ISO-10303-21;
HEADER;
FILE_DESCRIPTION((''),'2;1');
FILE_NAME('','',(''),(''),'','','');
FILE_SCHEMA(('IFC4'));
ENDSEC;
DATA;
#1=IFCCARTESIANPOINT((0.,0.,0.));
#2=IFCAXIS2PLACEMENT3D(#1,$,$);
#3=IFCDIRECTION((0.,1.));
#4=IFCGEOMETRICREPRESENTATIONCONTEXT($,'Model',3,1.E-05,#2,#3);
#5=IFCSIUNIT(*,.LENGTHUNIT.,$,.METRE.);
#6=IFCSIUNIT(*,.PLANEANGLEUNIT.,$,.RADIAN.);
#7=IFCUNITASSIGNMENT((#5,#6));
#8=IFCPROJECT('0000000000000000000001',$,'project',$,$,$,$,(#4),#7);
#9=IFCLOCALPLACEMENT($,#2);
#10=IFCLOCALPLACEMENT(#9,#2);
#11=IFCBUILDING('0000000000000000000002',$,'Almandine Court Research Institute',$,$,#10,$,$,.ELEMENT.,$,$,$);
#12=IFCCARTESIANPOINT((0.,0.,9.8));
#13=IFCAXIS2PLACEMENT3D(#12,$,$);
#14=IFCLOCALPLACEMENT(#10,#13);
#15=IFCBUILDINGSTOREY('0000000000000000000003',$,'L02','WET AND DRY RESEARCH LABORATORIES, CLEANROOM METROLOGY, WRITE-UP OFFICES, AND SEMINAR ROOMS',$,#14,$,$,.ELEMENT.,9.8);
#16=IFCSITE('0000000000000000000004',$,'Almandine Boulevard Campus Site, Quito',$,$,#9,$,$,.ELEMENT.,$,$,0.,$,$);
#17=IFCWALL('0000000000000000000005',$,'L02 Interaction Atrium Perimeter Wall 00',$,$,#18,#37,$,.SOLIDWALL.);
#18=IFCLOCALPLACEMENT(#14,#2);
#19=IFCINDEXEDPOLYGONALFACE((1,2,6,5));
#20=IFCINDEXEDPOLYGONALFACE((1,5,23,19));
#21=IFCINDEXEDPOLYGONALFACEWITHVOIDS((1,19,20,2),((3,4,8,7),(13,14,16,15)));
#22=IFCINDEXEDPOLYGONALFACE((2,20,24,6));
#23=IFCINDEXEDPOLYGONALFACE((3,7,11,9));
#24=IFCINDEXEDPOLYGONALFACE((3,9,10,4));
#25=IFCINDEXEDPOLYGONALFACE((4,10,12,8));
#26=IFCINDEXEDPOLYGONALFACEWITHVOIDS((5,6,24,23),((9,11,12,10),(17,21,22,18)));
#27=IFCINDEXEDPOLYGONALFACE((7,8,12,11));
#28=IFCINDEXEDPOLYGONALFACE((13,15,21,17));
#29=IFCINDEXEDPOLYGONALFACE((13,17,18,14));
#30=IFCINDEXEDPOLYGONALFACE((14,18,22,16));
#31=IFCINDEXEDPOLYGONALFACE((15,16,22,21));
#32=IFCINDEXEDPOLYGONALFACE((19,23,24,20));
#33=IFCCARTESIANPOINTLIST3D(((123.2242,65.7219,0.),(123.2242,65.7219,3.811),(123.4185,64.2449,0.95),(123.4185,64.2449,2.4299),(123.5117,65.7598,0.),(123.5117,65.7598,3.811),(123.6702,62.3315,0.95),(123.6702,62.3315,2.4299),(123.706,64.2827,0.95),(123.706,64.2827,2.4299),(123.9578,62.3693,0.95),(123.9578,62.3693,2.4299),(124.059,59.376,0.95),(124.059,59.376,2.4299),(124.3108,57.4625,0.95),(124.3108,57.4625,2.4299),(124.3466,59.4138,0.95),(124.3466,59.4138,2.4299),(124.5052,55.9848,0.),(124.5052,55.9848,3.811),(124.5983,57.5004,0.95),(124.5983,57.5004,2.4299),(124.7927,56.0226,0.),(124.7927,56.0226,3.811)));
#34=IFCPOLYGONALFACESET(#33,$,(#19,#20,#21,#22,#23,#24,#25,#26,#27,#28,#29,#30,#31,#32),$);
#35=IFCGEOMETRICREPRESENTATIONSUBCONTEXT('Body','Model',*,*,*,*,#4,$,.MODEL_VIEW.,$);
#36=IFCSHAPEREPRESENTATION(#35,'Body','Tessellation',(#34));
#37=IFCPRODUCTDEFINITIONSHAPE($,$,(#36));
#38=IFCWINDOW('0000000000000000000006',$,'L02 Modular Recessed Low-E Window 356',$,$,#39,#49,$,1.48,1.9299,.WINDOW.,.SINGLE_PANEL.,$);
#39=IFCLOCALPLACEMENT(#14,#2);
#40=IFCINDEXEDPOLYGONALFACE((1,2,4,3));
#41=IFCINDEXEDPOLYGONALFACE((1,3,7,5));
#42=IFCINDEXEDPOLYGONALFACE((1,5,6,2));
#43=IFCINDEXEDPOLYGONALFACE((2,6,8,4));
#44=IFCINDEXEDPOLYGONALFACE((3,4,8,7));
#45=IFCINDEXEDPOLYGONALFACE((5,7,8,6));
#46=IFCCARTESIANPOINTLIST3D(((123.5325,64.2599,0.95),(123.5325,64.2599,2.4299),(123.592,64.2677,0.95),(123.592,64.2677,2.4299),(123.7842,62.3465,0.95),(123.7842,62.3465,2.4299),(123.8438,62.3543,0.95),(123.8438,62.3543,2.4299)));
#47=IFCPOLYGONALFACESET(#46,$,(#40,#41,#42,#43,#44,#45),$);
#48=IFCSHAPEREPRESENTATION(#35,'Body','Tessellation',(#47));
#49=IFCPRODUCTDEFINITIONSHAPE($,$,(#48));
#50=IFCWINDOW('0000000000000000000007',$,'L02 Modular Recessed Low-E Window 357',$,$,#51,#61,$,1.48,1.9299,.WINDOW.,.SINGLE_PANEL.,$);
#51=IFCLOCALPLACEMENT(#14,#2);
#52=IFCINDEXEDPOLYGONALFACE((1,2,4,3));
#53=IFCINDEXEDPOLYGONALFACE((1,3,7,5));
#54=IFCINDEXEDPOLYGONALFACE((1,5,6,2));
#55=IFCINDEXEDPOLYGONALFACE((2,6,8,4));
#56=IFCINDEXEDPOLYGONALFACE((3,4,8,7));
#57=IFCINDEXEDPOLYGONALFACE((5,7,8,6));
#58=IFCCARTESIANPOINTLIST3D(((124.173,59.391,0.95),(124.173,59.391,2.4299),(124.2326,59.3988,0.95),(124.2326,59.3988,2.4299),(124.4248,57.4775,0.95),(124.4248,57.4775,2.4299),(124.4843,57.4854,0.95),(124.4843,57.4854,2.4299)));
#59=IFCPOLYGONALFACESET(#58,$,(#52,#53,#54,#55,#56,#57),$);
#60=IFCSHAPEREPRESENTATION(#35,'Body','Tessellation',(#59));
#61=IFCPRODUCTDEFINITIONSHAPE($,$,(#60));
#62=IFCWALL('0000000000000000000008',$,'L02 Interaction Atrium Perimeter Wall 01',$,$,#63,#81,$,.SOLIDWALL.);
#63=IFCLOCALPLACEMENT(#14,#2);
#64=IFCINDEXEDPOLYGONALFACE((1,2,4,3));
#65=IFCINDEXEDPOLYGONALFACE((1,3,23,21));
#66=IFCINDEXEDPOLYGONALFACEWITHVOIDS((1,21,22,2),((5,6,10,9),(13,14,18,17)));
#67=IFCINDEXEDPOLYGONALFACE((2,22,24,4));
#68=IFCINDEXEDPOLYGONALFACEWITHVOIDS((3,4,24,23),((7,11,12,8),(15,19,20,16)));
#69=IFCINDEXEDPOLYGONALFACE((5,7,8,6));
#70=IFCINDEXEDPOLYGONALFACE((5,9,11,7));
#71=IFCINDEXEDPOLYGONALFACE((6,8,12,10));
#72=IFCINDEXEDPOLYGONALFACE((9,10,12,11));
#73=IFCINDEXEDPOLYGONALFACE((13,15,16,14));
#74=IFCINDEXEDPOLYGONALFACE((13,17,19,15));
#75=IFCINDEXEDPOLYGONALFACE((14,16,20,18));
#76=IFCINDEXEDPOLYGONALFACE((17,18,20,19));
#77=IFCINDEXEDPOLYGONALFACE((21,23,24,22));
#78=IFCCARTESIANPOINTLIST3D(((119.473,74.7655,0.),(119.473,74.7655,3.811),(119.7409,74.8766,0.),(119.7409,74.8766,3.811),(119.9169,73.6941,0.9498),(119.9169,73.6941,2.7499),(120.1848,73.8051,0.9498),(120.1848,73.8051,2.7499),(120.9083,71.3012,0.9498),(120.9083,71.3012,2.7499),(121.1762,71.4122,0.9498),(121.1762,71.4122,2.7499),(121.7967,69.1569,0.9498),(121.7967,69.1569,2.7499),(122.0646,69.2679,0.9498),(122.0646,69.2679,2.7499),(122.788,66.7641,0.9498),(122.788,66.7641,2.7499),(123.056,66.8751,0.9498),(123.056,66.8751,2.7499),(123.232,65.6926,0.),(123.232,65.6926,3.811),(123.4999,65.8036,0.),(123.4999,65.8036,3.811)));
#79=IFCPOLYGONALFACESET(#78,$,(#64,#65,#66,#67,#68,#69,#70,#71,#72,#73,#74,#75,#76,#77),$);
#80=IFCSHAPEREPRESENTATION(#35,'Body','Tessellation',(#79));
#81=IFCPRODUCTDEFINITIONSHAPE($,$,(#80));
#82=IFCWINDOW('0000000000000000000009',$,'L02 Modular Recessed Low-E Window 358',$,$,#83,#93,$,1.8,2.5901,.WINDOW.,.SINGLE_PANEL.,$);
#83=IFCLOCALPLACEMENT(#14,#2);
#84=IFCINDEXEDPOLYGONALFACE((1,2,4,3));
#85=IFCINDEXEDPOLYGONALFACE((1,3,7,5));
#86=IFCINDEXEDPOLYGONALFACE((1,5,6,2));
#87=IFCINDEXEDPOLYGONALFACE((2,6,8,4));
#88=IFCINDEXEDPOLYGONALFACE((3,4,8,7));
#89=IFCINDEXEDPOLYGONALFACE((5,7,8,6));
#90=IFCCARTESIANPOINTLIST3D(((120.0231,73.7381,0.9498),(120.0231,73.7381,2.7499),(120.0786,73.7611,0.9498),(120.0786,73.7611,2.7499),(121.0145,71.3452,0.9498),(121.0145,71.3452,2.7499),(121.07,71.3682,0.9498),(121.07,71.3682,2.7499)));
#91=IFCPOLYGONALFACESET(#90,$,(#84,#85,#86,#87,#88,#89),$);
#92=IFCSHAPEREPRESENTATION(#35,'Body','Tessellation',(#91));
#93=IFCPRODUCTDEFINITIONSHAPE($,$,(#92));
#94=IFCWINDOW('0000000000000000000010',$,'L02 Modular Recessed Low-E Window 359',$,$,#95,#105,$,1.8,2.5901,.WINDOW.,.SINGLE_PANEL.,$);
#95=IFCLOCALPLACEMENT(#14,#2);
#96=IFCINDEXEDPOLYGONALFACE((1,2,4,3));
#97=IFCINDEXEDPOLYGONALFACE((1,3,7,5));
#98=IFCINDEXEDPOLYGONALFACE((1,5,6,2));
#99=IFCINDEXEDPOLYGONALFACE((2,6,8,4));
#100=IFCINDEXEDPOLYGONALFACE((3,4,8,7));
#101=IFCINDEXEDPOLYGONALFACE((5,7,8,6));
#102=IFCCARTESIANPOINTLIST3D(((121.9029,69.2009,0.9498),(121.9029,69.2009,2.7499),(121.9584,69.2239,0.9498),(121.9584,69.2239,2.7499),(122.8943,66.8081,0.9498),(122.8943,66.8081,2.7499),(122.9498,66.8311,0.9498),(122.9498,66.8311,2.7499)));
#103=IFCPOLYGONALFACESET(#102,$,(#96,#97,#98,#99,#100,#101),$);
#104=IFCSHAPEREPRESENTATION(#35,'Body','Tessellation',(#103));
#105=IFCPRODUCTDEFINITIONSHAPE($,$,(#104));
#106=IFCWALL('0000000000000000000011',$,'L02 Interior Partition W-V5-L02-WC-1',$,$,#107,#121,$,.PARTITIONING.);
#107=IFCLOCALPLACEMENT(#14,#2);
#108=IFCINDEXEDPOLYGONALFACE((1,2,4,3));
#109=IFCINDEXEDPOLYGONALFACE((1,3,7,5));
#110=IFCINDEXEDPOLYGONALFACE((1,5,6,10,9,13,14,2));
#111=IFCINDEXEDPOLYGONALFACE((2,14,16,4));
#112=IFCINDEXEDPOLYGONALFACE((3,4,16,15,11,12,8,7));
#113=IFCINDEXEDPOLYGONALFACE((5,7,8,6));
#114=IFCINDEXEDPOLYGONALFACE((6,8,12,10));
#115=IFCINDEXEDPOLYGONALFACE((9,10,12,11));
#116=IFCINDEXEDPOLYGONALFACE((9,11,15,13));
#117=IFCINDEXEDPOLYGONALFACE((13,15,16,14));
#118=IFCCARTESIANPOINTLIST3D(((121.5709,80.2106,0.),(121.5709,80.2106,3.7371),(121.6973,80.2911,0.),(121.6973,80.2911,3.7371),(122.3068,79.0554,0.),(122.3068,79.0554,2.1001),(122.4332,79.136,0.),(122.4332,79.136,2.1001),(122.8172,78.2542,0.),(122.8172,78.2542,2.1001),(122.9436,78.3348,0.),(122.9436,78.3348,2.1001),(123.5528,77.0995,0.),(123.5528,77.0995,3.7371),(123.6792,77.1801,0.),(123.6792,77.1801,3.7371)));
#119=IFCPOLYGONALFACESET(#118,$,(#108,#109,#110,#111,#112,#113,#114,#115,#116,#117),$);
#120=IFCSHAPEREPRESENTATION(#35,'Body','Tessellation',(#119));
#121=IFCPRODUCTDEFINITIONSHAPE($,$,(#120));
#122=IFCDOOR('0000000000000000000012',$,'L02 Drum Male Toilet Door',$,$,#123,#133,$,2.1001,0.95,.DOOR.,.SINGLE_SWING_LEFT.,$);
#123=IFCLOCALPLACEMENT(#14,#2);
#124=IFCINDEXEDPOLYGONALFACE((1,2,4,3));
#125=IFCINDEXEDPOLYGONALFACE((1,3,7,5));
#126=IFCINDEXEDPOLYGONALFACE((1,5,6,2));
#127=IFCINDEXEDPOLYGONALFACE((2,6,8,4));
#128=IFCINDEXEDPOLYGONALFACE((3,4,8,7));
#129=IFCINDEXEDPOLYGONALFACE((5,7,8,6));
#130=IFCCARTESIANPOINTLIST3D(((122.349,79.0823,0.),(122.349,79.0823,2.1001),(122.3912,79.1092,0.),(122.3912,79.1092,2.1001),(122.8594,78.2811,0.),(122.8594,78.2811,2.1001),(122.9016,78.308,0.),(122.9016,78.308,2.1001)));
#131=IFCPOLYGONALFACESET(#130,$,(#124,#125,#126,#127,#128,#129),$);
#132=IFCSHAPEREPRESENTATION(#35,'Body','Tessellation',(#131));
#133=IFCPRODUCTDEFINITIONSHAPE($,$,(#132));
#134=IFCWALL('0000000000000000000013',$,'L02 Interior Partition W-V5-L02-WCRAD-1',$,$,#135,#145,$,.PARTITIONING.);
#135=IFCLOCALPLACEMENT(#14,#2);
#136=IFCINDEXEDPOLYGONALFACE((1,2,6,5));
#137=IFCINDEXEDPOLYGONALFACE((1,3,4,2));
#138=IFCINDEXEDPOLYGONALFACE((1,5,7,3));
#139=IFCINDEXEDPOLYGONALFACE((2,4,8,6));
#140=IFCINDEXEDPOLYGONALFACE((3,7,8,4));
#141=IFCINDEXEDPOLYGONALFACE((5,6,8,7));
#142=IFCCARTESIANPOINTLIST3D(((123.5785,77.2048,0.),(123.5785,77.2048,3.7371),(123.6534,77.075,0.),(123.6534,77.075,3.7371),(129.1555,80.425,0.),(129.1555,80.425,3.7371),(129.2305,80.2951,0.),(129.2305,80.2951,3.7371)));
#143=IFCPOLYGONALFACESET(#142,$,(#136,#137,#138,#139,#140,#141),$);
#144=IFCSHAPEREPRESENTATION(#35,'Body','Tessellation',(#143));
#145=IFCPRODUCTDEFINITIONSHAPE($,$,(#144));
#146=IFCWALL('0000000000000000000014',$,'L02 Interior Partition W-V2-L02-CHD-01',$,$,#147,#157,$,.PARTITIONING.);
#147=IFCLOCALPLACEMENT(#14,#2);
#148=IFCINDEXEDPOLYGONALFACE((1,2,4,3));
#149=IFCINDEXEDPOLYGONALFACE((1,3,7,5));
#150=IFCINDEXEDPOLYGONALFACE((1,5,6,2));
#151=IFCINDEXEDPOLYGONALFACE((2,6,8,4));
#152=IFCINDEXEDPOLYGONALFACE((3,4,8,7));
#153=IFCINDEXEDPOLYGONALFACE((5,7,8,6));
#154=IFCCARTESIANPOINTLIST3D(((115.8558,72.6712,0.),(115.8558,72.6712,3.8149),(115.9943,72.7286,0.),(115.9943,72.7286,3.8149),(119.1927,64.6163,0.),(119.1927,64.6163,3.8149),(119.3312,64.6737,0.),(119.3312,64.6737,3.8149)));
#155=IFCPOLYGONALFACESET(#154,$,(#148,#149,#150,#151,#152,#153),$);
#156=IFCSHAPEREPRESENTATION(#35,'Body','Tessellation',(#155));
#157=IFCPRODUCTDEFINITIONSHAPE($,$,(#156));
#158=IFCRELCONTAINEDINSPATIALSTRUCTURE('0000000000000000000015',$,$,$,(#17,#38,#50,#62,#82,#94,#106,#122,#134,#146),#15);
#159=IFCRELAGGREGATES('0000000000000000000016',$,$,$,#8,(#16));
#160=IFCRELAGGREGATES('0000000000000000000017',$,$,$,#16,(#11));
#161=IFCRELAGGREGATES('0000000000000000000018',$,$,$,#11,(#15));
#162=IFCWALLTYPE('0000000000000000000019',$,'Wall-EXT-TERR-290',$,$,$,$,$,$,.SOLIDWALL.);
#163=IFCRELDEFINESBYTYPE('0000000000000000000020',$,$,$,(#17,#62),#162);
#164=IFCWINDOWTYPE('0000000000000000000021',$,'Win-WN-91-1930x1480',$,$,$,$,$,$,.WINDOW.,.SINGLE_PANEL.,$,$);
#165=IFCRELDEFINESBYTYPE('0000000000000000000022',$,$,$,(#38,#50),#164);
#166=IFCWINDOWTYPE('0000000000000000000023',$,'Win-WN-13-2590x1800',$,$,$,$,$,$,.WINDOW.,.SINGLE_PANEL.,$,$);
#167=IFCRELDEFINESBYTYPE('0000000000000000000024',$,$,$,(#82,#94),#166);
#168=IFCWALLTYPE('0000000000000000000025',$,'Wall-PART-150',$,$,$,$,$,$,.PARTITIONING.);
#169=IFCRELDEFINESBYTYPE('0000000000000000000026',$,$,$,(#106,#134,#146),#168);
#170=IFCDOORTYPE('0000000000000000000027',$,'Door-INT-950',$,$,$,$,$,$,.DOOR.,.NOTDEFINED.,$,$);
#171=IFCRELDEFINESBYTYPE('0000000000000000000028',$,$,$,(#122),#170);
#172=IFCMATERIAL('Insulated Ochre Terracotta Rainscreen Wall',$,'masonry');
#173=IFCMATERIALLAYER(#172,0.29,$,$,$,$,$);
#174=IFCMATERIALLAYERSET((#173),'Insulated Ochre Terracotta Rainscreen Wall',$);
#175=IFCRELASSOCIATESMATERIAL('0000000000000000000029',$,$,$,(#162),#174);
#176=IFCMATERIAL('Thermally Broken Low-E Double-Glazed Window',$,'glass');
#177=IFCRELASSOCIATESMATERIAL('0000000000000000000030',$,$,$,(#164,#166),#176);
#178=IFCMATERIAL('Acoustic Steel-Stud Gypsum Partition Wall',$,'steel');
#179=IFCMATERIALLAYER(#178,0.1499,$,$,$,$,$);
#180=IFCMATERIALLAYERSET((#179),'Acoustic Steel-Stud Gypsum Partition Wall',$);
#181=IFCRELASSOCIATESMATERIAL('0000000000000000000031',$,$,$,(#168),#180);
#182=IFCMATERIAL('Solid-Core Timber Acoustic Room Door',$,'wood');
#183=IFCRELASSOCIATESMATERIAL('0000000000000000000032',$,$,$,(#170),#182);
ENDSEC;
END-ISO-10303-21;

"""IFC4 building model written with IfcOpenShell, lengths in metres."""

from ifc_helpers import new_model, si_unit, direction, frame, frame_2d, origin, place, context, subcontext, project, spatial, rectangle, extrude, material, layer, layer_set, type_object, element, fill, save


model = new_model("IFC4")

# Units and contexts
model_context = context("Model", 3, precision=1e-05, world=origin(), true_north=direction((0.0, 1.0)))
body_context = subcontext(model_context, "Body", "Model", "MODEL_VIEW")
ifc_project = project(units=[si_unit("LENGTHUNIT", "METRE"), si_unit("PLANEANGLEUNIT", "RADIAN")], contexts=[model_context])

# Site, building, storey
site_placement = place(None, origin())
site = spatial("IfcSite", under=ifc_project, at=site_placement, Name="Almandine Boulevard Campus Site, Quito", CompositionType="ELEMENT", RefElevation=0.0)
building_placement = place(site_placement, origin())
building = spatial("IfcBuilding", under=site, at=building_placement, Name="Almandine Court Research Institute", CompositionType="ELEMENT")
storey_placement = place(building_placement, frame((0.0, 0.0, 9.8)))
storey = spatial("IfcBuildingStorey", under=building, at=storey_placement, Name="L02", Description="WET AND DRY RESEARCH LABORATORIES, CLEANROOM METROLOGY, WRITE-UP OFFICES, AND SEMINAR ROOMS", CompositionType="ELEMENT", Elevation=9.8)

# Shared definitions
ifc_material_1 = material(Name="Insulated Ochre Terracotta Rainscreen Wall", Category="masonry")
ifc_layer_1 = layer(ifc_material_1, 0.29)
ifc_layer_set_1 = layer_set([ifc_layer_1], Name="Insulated Ochre Terracotta Rainscreen Wall")
wall_type_1 = type_object("IfcWallType", Name="Wall-EXT-TERR-290", PredefinedType="SOLIDWALL", material=ifc_layer_set_1)
ifc_material_2 = material(Name="Thermally Broken Low-E Double-Glazed Window", Category="glass")

# Walls, openings, windows
wall_1_placement = place(storey_placement, frame((123.3679, 65.741, 0.0), z_axis=(0.0, 0.0, 1.0), x_axis=(0.130436, -0.991457, 0.0)))
wall_1 = element("IfcWall", 1, at=wall_1_placement, inside=storey, type_object=wall_type_1, Name="L02 Interaction Atrium Perimeter Wall 00", PredefinedType="SOLIDWALL", context=body_context, shape_type="SweptSolid", body=[
    extrude(rectangle(XDim=9.821, YDim=0.29, at=frame_2d((4.9106, 0.0))), origin(), (0.0, 0.0, 1.0), 3.811),
])
opening_1_placement = place(wall_1_placement, frame((1.49, 0.0, 0.95)))
opening_1 = element("IfcOpeningElement", 2, at=opening_1_placement, cuts=wall_1, PredefinedType="OPENING", context=body_context, shape_type="SweptSolid", body=[
    extrude(rectangle(XDim=1.9299, YDim=1.48, at=frame_2d((0.9648, 0.74))), frame((0.0, 0.155, 0.0), z_axis=(0.0, -1.0, 0.0), x_axis=(1.0, 0.0, 0.0)), (0.0, 0.0, 1.0), 0.3101),
])
opening_2_placement = place(wall_1_placement, frame((6.4009, 0.0, 0.95)))
opening_2 = element("IfcOpeningElement", 3, at=opening_2_placement, cuts=wall_1, PredefinedType="OPENING", context=body_context, shape_type="SweptSolid", body=[
    extrude(rectangle(XDim=1.9299, YDim=1.48, at=frame_2d((0.9648, 0.74))), frame((0.0, 0.155, 0.0), z_axis=(0.0, -1.0, 0.0), x_axis=(1.0, 0.0, 0.0)), (0.0, 0.0, 1.0), 0.3101),
])
window_type_1 = type_object("IfcWindowType", Name="Win-WN-91-1930x1480", PartitioningType="SINGLE_PANEL", PredefinedType="WINDOW", material=ifc_material_2)
window_1_placement = place(opening_1_placement, origin())
window_1 = element("IfcWindow", 4, at=window_1_placement, inside=storey, type_object=window_type_1, Name="L02 Modular Recessed Low-E Window 356", OverallHeight=1.48, OverallWidth=1.9299, PartitioningType="SINGLE_PANEL", PredefinedType="WINDOW", context=body_context, shape_type="SweptSolid", body=[
    extrude(rectangle(XDim=1.9299, YDim=1.48, at=frame_2d((0.9648, 0.74))), frame((0.0, 0.03, 0.0), z_axis=(0.0, -1.0, 0.0), x_axis=(1.0, 0.0, 0.0)), (0.0, 0.0, 1.0), 0.0601),
])
fill(opening_1, window_1)
window_2_placement = place(opening_2_placement, origin())
window_2 = element("IfcWindow", 5, at=window_2_placement, inside=storey, type_object=window_type_1, Name="L02 Modular Recessed Low-E Window 357", OverallHeight=1.48, OverallWidth=1.9299, PartitioningType="SINGLE_PANEL", PredefinedType="WINDOW", context=body_context, shape_type="SweptSolid", body=[
    extrude(rectangle(XDim=1.9299, YDim=1.48, at=frame_2d((0.9648, 0.74))), frame((0.0, 0.03, 0.0), z_axis=(0.0, -1.0, 0.0), x_axis=(1.0, 0.0, 0.0)), (0.0, 0.0, 1.0), 0.0601),
])
fill(opening_2, window_2)
wall_2_placement = place(storey_placement, frame((119.6069, 74.821, 0.0), z_axis=(0.0, 0.0, 1.0), x_axis=(0.382759, -0.923848, 0.0)))
wall_2 = element("IfcWall", 6, at=wall_2_placement, inside=storey, type_object=wall_type_1, Name="L02 Interaction Atrium Perimeter Wall 01", PredefinedType="SOLIDWALL", context=body_context, shape_type="SweptSolid", body=[
    extrude(rectangle(XDim=9.8208, YDim=0.29, at=frame_2d((4.9104, 0.0))), origin(), (0.0, 0.0, 1.0), 3.811),
])
opening_3_placement = place(wall_2_placement, frame((1.1599, 0.0, 0.95)))
opening_3 = element("IfcOpeningElement", 7, at=opening_3_placement, cuts=wall_2, PredefinedType="OPENING", context=body_context, shape_type="SweptSolid", body=[
    extrude(rectangle(XDim=2.5901, YDim=1.8, at=frame_2d((1.2949, 0.8999))), frame((0.0, 0.155, 0.0), z_axis=(0.0, -1.0, 0.0), x_axis=(1.0, 0.0, 0.0)), (0.0, 0.0, 1.0), 0.3101),
])
opening_4_placement = place(wall_2_placement, frame((6.071, 0.0, 0.95)))
opening_4 = element("IfcOpeningElement", 8, at=opening_4_placement, cuts=wall_2, PredefinedType="OPENING", context=body_context, shape_type="SweptSolid", body=[
    extrude(rectangle(XDim=2.5901, YDim=1.8, at=frame_2d((1.2949, 0.8999))), frame((0.0, 0.155, 0.0), z_axis=(0.0, -1.0, 0.0), x_axis=(1.0, 0.0, 0.0)), (0.0, 0.0, 1.0), 0.3101),
])
window_type_2 = type_object("IfcWindowType", Name="Win-WN-13-2590x1800", PartitioningType="SINGLE_PANEL", PredefinedType="WINDOW", material=ifc_material_2)
window_3_placement = place(opening_3_placement, origin())
window_3 = element("IfcWindow", 9, at=window_3_placement, inside=storey, type_object=window_type_2, Name="L02 Modular Recessed Low-E Window 358", OverallHeight=1.8, OverallWidth=2.5901, PartitioningType="SINGLE_PANEL", PredefinedType="WINDOW", context=body_context, shape_type="SweptSolid", body=[
    extrude(rectangle(XDim=2.5901, YDim=1.8, at=frame_2d((1.2949, 0.8999))), frame((0.0, 0.03, 0.0), z_axis=(0.0, -1.0, 0.0), x_axis=(1.0, 0.0, 0.0)), (0.0, 0.0, 1.0), 0.0601),
])
fill(opening_3, window_3)
window_4_placement = place(opening_4_placement, origin())
window_4 = element("IfcWindow", 10, at=window_4_placement, inside=storey, type_object=window_type_2, Name="L02 Modular Recessed Low-E Window 359", OverallHeight=1.8, OverallWidth=2.5901, PartitioningType="SINGLE_PANEL", PredefinedType="WINDOW", context=body_context, shape_type="SweptSolid", body=[
    extrude(rectangle(XDim=2.5901, YDim=1.8, at=frame_2d((1.2949, 0.8999))), frame((0.0, 0.03, 0.0), z_axis=(0.0, -1.0, 0.0), x_axis=(1.0, 0.0, 0.0)), (0.0, 0.0, 1.0), 0.0601),
])
fill(opening_4, window_4)

# Wall, opening, door
ifc_material_3 = material(Name="Acoustic Steel-Stud Gypsum Partition Wall", Category="steel")
ifc_layer_2 = layer(ifc_material_3, 0.1499)
ifc_layer_set_2 = layer_set([ifc_layer_2], Name="Acoustic Steel-Stud Gypsum Partition Wall")
wall_type_2 = type_object("IfcWallType", Name="Wall-PART-150", PredefinedType="PARTITIONING", material=ifc_layer_set_2)
wall_3_placement = place(storey_placement, frame((123.616, 77.1399, 0.0), z_axis=(0.0, 0.0, 1.0), x_axis=(-0.537291, 0.843397, 0.0)))
wall_3 = element("IfcWall", 11, at=wall_3_placement, inside=storey, type_object=wall_type_2, Name="L02 Interior Partition W-V5-L02-WC-1", PredefinedType="PARTITIONING", context=body_context, shape_type="SweptSolid", body=[
    extrude(rectangle(XDim=3.6887, YDim=0.1499, at=frame_2d((1.8442, 0.0))), origin(), (0.0, 0.0, 1.0), 3.7371),
])
opening_5_placement = place(wall_3_placement, frame((1.3689, 0.0, 0.0)))
opening_5 = element("IfcOpeningElement", 12, at=opening_5_placement, cuts=wall_3, PredefinedType="OPENING", context=body_context, shape_type="SweptSolid", body=[
    extrude(rectangle(XDim=0.95, YDim=2.1001, at=frame_2d((0.4751, 1.05))), frame((0.0, 0.085, 0.0), z_axis=(0.0, -1.0, 0.0), x_axis=(1.0, 0.0, 0.0)), (0.0, 0.0, 1.0), 0.1699),
])
ifc_material_4 = material(Name="Solid-Core Timber Acoustic Room Door", Category="wood")
door_type = type_object("IfcDoorType", Name="Door-INT-950", OperationType="NOTDEFINED", PredefinedType="DOOR", material=ifc_material_4)
door_placement = place(opening_5_placement, origin())
door = element("IfcDoor", 13, at=door_placement, inside=storey, type_object=door_type, Name="L02 Drum Male Toilet Door", OperationType="SINGLE_SWING_LEFT", OverallHeight=2.1001, OverallWidth=0.95, PredefinedType="DOOR", context=body_context, shape_type="SweptSolid", body=[
    extrude(rectangle(XDim=0.95, YDim=2.1001, at=frame_2d((0.4751, 1.05))), frame((0.0, 0.0249, 0.0), z_axis=(0.0, -1.0, 0.0), x_axis=(1.0, 0.0, 0.0)), (0.0, 0.0, 1.0), 0.05),
])
fill(opening_5, door)

# Walls
wall_4_placement = place(storey_placement, frame((123.616, 77.1399, 0.0), z_axis=(0.0, 0.0, 1.0), x_axis=(0.866009, 0.500029, 0.0)))
element("IfcWall", 14, at=wall_4_placement, inside=storey, type_object=wall_type_2, Name="L02 Interior Partition W-V5-L02-WCRAD-1", PredefinedType="PARTITIONING", context=body_context, shape_type="SweptSolid", body=[
    extrude(rectangle(XDim=6.4399, YDim=0.1499, at=frame_2d((3.22, 0.0))), origin(), (0.0, 0.0, 1.0), 3.7371),
])
wall_5_placement = place(storey_placement, frame((119.262, 64.645, 0.0), z_axis=(0.0, 0.0, 1.0), x_axis=(-0.382728, 0.923861, 0.0)))
element("IfcWall", 15, at=wall_5_placement, inside=storey, type_object=wall_type_2, Name="L02 Interior Partition W-V2-L02-CHD-01", PredefinedType="PARTITIONING", context=body_context, shape_type="SweptSolid", body=[
    extrude(rectangle(XDim=8.7188, YDim=0.1499, at=frame_2d((4.3594, 0.0))), origin(), (0.0, 0.0, 1.0), 3.8149),
])

save(model, "model.ifc")
